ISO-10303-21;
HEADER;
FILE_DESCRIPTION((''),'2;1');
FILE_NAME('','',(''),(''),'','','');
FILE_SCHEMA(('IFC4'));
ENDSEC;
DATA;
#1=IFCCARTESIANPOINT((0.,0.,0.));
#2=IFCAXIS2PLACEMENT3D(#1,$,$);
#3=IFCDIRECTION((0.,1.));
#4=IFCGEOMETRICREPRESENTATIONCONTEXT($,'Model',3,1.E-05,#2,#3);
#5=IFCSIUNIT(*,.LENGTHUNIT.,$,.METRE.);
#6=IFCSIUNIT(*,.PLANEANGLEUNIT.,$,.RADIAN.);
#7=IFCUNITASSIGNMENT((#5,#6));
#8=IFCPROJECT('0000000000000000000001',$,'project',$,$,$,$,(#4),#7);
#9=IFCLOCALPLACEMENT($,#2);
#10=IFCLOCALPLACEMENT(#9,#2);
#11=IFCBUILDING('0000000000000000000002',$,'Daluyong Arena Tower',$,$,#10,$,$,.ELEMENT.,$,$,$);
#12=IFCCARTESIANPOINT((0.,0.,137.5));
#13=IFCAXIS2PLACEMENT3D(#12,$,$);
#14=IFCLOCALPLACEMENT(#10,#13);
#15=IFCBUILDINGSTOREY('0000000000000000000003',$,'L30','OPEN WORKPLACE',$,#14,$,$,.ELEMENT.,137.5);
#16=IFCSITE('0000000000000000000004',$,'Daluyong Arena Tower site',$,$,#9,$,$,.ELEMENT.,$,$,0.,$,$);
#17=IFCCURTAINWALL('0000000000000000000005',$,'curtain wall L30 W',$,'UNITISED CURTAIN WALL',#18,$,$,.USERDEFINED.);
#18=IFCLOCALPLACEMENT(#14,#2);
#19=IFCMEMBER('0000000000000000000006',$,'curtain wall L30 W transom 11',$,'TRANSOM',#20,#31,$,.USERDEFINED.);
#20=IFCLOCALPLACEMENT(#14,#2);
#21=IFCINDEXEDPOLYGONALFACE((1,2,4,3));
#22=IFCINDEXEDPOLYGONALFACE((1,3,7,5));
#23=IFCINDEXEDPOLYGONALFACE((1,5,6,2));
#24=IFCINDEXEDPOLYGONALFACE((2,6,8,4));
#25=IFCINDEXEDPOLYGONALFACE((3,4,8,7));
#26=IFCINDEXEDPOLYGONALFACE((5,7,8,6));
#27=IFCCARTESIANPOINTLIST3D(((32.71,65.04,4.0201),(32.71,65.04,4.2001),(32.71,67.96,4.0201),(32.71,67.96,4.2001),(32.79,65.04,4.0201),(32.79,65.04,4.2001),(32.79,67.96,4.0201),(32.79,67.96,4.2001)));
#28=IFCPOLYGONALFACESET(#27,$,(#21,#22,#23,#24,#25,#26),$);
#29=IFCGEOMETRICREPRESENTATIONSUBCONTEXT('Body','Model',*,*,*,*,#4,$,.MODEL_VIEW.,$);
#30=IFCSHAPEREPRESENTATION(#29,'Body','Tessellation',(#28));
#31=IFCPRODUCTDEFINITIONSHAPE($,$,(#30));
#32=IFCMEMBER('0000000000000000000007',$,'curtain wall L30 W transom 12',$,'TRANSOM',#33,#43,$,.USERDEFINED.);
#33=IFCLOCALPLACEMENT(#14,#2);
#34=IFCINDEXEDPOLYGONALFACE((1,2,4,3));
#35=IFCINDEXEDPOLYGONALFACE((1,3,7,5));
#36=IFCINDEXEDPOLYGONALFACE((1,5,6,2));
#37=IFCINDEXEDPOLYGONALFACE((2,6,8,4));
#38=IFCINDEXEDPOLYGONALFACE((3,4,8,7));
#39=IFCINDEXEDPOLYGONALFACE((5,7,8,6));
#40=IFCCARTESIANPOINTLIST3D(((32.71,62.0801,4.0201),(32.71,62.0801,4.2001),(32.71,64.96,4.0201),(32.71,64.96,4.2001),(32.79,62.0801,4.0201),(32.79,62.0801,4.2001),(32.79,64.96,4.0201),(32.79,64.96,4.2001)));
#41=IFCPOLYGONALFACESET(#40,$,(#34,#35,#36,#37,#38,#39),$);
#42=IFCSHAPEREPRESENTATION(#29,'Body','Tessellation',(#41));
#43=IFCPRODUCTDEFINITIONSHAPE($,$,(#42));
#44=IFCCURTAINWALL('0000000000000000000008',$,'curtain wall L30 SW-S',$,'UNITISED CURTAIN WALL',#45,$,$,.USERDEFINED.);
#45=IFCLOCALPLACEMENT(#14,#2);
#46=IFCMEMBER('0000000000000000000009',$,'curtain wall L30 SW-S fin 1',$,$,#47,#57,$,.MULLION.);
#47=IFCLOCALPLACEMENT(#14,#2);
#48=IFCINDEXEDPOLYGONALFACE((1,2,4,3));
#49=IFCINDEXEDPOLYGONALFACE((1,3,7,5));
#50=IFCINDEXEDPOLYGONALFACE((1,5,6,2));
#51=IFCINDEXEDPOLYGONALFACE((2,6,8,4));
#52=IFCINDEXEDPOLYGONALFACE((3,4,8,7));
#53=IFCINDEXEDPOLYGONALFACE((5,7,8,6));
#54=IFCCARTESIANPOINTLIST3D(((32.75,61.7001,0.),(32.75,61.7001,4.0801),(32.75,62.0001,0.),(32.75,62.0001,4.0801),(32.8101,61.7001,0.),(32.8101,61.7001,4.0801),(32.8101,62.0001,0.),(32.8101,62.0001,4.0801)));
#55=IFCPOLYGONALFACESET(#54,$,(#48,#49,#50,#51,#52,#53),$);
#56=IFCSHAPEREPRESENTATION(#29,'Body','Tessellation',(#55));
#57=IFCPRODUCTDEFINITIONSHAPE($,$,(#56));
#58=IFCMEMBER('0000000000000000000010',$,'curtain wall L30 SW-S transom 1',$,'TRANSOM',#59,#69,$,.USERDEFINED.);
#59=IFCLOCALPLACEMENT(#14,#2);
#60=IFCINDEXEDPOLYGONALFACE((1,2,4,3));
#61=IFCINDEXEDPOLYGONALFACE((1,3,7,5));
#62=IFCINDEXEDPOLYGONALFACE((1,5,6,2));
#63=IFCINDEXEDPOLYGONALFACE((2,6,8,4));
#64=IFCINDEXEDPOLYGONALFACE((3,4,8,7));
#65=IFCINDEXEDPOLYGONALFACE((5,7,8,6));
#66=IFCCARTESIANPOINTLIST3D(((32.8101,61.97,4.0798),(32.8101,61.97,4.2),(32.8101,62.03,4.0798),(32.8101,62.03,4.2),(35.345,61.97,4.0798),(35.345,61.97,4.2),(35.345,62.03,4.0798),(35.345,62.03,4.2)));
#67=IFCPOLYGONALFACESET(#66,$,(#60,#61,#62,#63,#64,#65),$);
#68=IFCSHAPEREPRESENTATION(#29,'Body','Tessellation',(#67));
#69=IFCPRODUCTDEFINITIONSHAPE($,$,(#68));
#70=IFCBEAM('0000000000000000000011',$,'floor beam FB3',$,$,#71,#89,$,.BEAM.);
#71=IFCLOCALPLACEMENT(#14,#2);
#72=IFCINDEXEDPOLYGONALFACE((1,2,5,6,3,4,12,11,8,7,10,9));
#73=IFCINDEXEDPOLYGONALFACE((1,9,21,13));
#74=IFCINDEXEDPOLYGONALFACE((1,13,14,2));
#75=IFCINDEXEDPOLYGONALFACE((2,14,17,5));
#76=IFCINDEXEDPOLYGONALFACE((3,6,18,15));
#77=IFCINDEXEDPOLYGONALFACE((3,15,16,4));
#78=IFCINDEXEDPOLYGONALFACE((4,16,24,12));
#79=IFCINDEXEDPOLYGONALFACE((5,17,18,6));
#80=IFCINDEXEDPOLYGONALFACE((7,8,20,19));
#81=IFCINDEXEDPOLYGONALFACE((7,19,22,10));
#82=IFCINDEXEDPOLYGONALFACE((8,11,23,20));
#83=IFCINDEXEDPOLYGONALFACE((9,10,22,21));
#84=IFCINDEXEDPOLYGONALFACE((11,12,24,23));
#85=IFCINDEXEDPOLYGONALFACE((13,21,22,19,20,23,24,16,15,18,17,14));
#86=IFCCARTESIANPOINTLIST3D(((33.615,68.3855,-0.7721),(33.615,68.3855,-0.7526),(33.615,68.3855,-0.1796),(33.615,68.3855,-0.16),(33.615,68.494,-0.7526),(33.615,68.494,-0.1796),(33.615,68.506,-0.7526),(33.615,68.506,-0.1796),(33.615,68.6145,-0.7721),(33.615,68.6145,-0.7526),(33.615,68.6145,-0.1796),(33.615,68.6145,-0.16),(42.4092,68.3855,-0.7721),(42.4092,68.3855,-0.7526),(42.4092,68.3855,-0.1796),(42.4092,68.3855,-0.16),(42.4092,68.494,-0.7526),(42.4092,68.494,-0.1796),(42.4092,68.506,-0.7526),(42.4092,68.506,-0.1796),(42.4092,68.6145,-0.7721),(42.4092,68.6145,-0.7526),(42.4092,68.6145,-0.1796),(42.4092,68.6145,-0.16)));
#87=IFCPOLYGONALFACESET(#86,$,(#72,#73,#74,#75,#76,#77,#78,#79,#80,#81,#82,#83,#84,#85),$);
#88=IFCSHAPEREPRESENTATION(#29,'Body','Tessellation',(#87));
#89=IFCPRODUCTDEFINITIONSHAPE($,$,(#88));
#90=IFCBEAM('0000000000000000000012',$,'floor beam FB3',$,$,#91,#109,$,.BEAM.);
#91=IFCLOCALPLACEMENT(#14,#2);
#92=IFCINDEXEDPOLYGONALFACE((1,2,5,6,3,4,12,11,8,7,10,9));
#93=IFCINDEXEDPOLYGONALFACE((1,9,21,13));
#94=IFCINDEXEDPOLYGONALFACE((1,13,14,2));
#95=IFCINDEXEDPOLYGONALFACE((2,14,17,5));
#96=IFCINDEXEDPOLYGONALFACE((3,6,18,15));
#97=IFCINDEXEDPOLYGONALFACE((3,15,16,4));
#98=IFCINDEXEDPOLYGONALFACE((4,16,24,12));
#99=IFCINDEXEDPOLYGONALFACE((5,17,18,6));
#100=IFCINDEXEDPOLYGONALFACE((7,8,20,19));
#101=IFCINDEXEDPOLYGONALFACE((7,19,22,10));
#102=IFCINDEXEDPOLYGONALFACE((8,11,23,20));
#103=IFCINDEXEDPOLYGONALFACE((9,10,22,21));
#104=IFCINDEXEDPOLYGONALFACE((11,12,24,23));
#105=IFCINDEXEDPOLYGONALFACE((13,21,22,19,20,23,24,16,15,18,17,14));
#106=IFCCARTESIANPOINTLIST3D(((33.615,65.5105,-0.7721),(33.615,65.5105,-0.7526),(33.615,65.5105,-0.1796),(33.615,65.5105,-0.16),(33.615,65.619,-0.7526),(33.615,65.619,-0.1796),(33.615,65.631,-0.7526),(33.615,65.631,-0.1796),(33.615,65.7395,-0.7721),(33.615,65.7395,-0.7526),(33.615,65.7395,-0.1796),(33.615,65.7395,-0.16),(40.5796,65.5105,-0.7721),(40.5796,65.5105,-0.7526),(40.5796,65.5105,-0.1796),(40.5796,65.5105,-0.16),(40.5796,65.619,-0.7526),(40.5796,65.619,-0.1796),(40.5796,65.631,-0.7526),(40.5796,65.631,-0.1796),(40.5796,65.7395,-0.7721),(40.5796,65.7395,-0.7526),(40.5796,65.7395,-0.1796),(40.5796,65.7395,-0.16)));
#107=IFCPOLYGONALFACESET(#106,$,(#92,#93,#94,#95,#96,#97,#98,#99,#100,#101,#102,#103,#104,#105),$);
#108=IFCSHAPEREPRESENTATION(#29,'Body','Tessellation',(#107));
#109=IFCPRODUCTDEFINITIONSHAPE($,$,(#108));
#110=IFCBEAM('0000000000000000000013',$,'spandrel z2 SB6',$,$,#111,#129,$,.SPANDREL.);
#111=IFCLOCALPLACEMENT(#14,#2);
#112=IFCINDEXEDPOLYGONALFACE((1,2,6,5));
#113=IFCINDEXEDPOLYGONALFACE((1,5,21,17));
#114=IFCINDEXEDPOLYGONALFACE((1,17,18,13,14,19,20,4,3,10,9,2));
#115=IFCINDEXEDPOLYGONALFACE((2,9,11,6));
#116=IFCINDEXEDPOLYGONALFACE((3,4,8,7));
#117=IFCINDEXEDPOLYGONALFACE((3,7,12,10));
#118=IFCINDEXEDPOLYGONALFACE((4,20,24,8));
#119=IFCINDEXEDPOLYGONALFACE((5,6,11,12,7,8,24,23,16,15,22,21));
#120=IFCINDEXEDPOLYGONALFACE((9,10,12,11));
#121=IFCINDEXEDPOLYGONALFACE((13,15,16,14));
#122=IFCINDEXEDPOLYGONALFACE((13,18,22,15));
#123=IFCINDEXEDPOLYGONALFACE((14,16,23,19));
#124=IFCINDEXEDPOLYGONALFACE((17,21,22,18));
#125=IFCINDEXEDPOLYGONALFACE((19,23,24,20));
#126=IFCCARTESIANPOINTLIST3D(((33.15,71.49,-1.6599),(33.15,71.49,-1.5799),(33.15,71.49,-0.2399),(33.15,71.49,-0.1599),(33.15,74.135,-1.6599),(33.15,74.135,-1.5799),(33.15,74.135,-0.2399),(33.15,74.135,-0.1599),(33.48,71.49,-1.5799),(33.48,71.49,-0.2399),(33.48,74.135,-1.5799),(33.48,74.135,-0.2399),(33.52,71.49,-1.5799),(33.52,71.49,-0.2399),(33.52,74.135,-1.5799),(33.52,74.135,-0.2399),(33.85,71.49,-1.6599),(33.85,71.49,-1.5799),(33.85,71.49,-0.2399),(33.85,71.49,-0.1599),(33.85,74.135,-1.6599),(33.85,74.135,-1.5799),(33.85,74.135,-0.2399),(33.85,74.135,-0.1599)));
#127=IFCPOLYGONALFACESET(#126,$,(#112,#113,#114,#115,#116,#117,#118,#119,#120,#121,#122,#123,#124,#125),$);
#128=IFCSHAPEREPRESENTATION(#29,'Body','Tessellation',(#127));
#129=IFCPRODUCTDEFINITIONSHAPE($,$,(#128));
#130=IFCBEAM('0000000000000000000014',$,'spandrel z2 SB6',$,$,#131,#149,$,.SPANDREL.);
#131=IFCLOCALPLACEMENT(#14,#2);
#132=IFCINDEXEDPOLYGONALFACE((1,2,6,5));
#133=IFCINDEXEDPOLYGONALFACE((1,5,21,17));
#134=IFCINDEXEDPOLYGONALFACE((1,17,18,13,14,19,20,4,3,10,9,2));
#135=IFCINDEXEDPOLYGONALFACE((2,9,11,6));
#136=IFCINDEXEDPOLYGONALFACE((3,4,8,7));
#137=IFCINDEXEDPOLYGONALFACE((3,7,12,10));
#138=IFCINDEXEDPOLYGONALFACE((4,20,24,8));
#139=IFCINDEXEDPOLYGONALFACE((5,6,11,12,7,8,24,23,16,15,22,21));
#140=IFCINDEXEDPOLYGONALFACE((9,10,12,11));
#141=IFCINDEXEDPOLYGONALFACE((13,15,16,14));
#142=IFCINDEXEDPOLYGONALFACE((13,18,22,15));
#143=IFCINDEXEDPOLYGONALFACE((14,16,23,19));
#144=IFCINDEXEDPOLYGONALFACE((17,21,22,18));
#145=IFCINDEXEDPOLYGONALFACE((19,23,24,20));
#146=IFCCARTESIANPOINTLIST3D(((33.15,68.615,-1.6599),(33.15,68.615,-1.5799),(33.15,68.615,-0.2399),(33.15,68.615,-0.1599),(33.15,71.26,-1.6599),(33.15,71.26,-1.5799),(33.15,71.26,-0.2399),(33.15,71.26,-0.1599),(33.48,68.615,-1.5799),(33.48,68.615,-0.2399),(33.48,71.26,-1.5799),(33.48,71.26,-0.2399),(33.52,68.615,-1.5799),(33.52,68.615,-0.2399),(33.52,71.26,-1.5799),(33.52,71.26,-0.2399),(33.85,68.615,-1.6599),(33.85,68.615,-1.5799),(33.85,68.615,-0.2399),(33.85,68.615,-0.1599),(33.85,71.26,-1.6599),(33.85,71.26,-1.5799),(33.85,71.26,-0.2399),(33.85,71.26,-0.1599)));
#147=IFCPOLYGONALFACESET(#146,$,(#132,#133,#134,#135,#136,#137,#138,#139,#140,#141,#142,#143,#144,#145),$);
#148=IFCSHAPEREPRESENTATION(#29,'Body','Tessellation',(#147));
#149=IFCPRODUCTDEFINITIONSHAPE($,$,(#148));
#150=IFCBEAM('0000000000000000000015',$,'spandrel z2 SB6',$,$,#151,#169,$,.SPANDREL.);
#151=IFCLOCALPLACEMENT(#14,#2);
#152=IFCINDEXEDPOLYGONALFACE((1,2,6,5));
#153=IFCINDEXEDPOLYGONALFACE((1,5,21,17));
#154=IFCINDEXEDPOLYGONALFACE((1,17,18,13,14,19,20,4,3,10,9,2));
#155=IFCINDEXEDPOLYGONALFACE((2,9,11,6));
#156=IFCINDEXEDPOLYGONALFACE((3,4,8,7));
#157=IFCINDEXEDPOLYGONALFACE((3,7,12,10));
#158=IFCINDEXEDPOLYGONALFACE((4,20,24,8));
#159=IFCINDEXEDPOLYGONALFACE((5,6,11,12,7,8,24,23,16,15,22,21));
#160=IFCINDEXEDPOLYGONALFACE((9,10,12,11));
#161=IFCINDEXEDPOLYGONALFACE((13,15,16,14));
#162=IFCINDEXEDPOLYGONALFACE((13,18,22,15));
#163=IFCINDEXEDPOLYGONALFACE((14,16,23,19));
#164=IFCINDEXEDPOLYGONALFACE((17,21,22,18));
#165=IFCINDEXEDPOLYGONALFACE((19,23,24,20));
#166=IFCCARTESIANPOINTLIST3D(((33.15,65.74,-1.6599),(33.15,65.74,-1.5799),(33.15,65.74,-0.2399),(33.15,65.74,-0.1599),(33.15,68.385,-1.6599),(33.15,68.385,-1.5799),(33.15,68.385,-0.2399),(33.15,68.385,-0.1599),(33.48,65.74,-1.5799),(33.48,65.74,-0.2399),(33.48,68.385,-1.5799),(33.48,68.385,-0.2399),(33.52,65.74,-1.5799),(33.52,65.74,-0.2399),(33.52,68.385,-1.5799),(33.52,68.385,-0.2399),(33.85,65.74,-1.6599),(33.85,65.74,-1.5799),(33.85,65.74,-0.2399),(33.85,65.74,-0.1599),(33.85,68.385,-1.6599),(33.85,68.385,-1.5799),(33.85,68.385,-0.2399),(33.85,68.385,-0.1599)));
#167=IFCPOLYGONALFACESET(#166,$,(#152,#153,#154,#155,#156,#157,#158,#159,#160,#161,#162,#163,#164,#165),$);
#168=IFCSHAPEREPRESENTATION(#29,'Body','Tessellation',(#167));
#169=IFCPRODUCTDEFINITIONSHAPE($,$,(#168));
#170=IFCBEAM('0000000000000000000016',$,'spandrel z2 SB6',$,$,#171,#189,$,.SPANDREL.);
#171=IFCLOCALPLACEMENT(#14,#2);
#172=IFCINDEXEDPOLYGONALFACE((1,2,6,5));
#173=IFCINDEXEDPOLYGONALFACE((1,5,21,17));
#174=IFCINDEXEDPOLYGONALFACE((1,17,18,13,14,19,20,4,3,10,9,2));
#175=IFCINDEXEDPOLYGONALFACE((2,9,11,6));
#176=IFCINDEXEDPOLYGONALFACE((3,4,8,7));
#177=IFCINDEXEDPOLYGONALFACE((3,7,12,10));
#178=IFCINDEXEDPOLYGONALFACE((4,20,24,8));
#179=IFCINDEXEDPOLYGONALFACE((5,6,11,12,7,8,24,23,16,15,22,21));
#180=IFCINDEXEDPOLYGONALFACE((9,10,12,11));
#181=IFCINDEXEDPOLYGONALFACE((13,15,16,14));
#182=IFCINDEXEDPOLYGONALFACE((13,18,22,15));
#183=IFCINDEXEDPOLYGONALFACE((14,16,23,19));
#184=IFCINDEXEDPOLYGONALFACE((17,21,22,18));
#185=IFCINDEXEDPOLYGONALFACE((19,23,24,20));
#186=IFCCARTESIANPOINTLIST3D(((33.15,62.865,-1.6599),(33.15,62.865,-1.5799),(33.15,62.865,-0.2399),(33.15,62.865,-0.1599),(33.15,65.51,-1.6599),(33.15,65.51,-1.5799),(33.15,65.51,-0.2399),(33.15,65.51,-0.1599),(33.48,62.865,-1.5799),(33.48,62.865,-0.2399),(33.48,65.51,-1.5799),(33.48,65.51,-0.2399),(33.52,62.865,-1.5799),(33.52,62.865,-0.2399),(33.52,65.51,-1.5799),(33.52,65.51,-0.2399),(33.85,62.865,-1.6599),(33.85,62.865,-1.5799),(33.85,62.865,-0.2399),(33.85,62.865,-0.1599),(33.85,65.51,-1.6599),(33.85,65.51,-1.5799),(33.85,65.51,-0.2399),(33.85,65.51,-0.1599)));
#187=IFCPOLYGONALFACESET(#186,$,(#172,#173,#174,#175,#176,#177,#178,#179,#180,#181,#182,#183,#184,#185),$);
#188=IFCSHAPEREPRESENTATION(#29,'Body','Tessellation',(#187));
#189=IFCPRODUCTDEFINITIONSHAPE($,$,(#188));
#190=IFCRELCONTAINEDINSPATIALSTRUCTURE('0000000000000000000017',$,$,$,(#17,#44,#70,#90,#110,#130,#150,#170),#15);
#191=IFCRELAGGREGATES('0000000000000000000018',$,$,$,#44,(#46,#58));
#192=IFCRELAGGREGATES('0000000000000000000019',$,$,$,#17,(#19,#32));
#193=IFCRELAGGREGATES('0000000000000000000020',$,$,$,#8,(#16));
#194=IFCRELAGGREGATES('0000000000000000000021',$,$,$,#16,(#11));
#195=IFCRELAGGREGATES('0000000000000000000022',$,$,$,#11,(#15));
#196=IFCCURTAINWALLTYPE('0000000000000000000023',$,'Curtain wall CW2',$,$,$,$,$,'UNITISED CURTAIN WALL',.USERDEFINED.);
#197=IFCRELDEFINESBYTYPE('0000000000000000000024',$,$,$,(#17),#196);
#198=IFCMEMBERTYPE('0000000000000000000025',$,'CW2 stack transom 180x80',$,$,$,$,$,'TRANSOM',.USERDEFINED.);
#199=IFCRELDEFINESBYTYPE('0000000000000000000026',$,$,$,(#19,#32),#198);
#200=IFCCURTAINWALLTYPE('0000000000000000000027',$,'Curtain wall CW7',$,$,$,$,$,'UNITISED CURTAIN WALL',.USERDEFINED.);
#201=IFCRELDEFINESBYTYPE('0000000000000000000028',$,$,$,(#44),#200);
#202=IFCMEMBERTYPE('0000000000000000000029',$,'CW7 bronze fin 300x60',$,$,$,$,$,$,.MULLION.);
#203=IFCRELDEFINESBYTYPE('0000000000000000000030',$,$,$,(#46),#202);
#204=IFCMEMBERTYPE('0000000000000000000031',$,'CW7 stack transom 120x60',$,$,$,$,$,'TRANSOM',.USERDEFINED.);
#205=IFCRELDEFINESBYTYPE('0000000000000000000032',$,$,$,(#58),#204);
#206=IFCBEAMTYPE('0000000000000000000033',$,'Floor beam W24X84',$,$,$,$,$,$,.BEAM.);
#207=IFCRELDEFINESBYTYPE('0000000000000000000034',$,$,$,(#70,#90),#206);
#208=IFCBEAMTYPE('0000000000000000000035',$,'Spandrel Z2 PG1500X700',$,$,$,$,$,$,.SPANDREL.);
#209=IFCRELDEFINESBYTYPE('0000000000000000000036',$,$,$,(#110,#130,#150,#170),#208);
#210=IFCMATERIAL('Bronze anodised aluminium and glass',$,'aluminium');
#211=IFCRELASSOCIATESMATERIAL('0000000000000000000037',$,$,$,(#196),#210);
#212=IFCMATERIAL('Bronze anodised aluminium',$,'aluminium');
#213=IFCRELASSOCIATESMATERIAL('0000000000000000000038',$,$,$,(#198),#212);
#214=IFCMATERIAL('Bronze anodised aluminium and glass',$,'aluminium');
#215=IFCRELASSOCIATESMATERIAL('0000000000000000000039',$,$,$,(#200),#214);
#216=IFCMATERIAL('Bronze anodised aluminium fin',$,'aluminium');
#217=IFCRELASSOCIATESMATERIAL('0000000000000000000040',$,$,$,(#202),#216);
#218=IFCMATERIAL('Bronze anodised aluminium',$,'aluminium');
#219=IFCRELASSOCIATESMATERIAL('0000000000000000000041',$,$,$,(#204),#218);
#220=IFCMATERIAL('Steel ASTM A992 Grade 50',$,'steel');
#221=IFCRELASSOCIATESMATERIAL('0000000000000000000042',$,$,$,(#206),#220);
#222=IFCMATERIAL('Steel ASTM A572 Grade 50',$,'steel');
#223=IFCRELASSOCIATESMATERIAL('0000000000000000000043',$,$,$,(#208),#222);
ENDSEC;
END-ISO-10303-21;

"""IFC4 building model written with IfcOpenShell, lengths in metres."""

from ifc_helpers import new_model, si_unit, direction, frame, origin, origin_2d, place, context, subcontext, project, spatial, rectangle, i_section, extrude, material, material_profile, profile_set, type_object, element, aggregate, save


model = new_model("IFC4")

# Units and contexts
model_context = context("Model", 3, precision=1e-05, world=origin(), true_north=direction((0.0, 1.0)))
body_context = subcontext(model_context, "Body", "Model", "MODEL_VIEW")
ifc_project = project(units=[si_unit("LENGTHUNIT", "METRE"), si_unit("PLANEANGLEUNIT", "RADIAN")], contexts=[model_context])

# Site, building, storey
site_placement = place(None, origin())
site = spatial("IfcSite", under=ifc_project, at=site_placement, Name="Daluyong Arena Tower site", CompositionType="ELEMENT", RefElevation=0.0)
building_placement = place(site_placement, origin())
building = spatial("IfcBuilding", under=site, at=building_placement, Name="Daluyong Arena Tower", CompositionType="ELEMENT")
storey_placement = place(building_placement, frame((0.0, 0.0, 137.5)))
storey = spatial("IfcBuildingStorey", under=building, at=storey_placement, Name="L30", Description="OPEN WORKPLACE", CompositionType="ELEMENT", Elevation=137.5)

# Curtain walls, members
ifc_material_1 = material(Name="Bronze anodised aluminium and glass", Category="aluminium")
curtain_wall_type_1 = type_object("IfcCurtainWallType", Name="Curtain wall CW2", ElementType="UNITISED CURTAIN WALL", PredefinedType="USERDEFINED", material=ifc_material_1)
curtain_wall_1_placement = place(storey_placement, origin())
curtain_wall_1 = element("IfcCurtainWall", 1, at=curtain_wall_1_placement, inside=storey, type_object=curtain_wall_type_1, Name="curtain wall L30 W", ObjectType="UNITISED CURTAIN WALL", PredefinedType="USERDEFINED")
ifc_material_2 = material(Name="Bronze anodised aluminium", Category="aluminium")
ifc_material_profile_1 = material_profile(ifc_material_2, rectangle(XDim=0.0801, YDim=0.1799, at=origin_2d()))
ifc_profile_set_1 = profile_set([ifc_material_profile_1], Name="Bronze anodised aluminium")
member_type_1 = type_object("IfcMemberType", Name="CW2 stack transom 180x80", ElementType="TRANSOM", PredefinedType="USERDEFINED", material=ifc_profile_set_1)
member_1_placement = place(storey_placement, frame((32.75, 67.96, 4.1101), z_axis=(0.0, -1.0, 0.0), x_axis=(1.0, 0.0, 0.0)))
member_1 = element("IfcMember", 2, at=member_1_placement, type_object=member_type_1, Name="curtain wall L30 W transom 11", ObjectType="TRANSOM", PredefinedType="USERDEFINED", context=body_context, shape_type="SweptSolid", body=[
    extrude(rectangle(XDim=0.0801, YDim=0.1799, at=origin_2d()), origin(), (0.0, 0.0, 1.0), 2.9199),
])
member_2_placement = place(storey_placement, frame((32.75, 64.96, 4.1101), z_axis=(0.0, -1.0, 0.0), x_axis=(1.0, 0.0, 0.0)))
member_2 = element("IfcMember", 3, at=member_2_placement, type_object=member_type_1, Name="curtain wall L30 W transom 12", ObjectType="TRANSOM", PredefinedType="USERDEFINED", context=body_context, shape_type="SweptSolid", body=[
    extrude(rectangle(XDim=0.0801, YDim=0.1799, at=origin_2d()), origin(), (0.0, 0.0, 1.0), 2.8799),
])
ifc_material_3 = material(Name="Bronze anodised aluminium and glass", Category="aluminium")
curtain_wall_type_2 = type_object("IfcCurtainWallType", Name="Curtain wall CW7", ElementType="UNITISED CURTAIN WALL", PredefinedType="USERDEFINED", material=ifc_material_3)
curtain_wall_2_placement = place(storey_placement, origin())
curtain_wall_2 = element("IfcCurtainWall", 4, at=curtain_wall_2_placement, inside=storey, type_object=curtain_wall_type_2, Name="curtain wall L30 SW-S", ObjectType="UNITISED CURTAIN WALL", PredefinedType="USERDEFINED")
ifc_material_4 = material(Name="Bronze anodised aluminium fin", Category="aluminium")
ifc_material_profile_2 = material_profile(ifc_material_4, rectangle(XDim=0.3, YDim=0.0601, at=origin_2d()))
ifc_profile_set_2 = profile_set([ifc_material_profile_2], Name="Bronze anodised aluminium fin")
member_type_2 = type_object("IfcMemberType", Name="CW7 bronze fin 300x60", PredefinedType="MULLION", material=ifc_profile_set_2)
member_3_placement = place(storey_placement, frame((32.78, 61.8501, 0.0), z_axis=(0.0, 0.0, 1.0), x_axis=(0.0, 1.0, 0.0)))
member_3 = element("IfcMember", 5, at=member_3_placement, type_object=member_type_2, Name="curtain wall L30 SW-S fin 1", PredefinedType="MULLION", context=body_context, shape_type="SweptSolid", body=[
    extrude(rectangle(XDim=0.3, YDim=0.0601, at=origin_2d()), origin(), (0.0, 0.0, 1.0), 4.0801),
])
ifc_material_5 = material(Name="Bronze anodised aluminium", Category="aluminium")
ifc_material_profile_3 = material_profile(ifc_material_5, rectangle(XDim=0.0601, YDim=0.1201, at=origin_2d()))
ifc_profile_set_3 = profile_set([ifc_material_profile_3], Name="Bronze anodised aluminium")
member_type_3 = type_object("IfcMemberType", Name="CW7 stack transom 120x60", ElementType="TRANSOM", PredefinedType="USERDEFINED", material=ifc_profile_set_3)
member_4_placement = place(storey_placement, frame((32.8101, 62.0, 4.1399), z_axis=(1.0, 0.0, 0.0), x_axis=(0.0, 1.0, 0.0)))
member_4 = element("IfcMember", 6, at=member_4_placement, type_object=member_type_3, Name="curtain wall L30 SW-S transom 1", ObjectType="TRANSOM", PredefinedType="USERDEFINED", context=body_context, shape_type="SweptSolid", body=[
    extrude(rectangle(XDim=0.0601, YDim=0.1201, at=origin_2d()), origin(), (0.0, 0.0, 1.0), 2.5349),
])
aggregate(curtain_wall_2, [member_3, member_4])

# Beams
ifc_material_6 = material(Name="Steel ASTM A992 Grade 50", Category="steel")
ifc_material_profile_4 = material_profile(ifc_material_6, i_section(OverallWidth=0.229, OverallDepth=0.6121, WebThickness=0.012, FlangeThickness=0.0195, at=origin_2d()))
ifc_profile_set_4 = profile_set([ifc_material_profile_4], Name="Steel ASTM A992 Grade 50")
beam_type_1 = type_object("IfcBeamType", Name="Floor beam W24X84", PredefinedType="BEAM", material=ifc_profile_set_4)
beam_1_placement = place(storey_placement, frame((33.615, 68.5, -0.4661), z_axis=(1.0, 0.0, 0.0), x_axis=(0.0, 1.0, 0.0)))
element("IfcBeam", 7, at=beam_1_placement, inside=storey, type_object=beam_type_1, Name="floor beam FB3", PredefinedType="BEAM", context=body_context, shape_type="SweptSolid", body=[
    extrude(i_section(OverallWidth=0.229, OverallDepth=0.6121, WebThickness=0.012, FlangeThickness=0.0195, at=origin_2d()), origin(), (0.0, 0.0, 1.0), 8.7942),
])
beam_2_placement = place(storey_placement, frame((33.615, 65.625, -0.4661), z_axis=(1.0, 0.0, 0.0), x_axis=(0.0, 1.0, 0.0)))
element("IfcBeam", 8, at=beam_2_placement, inside=storey, type_object=beam_type_1, Name="floor beam FB3", PredefinedType="BEAM", context=body_context, shape_type="SweptSolid", body=[
    extrude(i_section(OverallWidth=0.229, OverallDepth=0.6121, WebThickness=0.012, FlangeThickness=0.0195, at=origin_2d()), origin(), (0.0, 0.0, 1.0), 6.9646),
])
ifc_material_7 = material(Name="Steel ASTM A572 Grade 50", Category="steel")
ifc_material_profile_5 = material_profile(ifc_material_7, i_section(OverallWidth=0.7, OverallDepth=1.5, WebThickness=0.04, FlangeThickness=0.08, at=origin_2d()))
ifc_profile_set_5 = profile_set([ifc_material_profile_5], Name="Steel ASTM A572 Grade 50")
beam_type_2 = type_object("IfcBeamType", Name="Spandrel Z2 PG1500X700", PredefinedType="SPANDREL", material=ifc_profile_set_5)
for number, where, z_axis, x_axis, name in (
    (9, (33.5, 74.135, -0.9099), (0.0, -1.0, 0.0), (1.0, 0.0, 0.0), "spandrel z2 SB6"),
    (10, (33.5, 71.26, -0.9099), (0.0, -1.0, 0.0), (1.0, 0.0, 0.0), "spandrel z2 SB6"),
    (11, (33.5, 68.385, -0.9099), (0.0, -1.0, 0.0), (1.0, 0.0, 0.0), "spandrel z2 SB6"),
    (12, (33.5, 65.51, -0.9099), (0.0, -1.0, 0.0), (1.0, 0.0, 0.0), "spandrel z2 SB6"),
):
    element("IfcBeam", number, at=place(storey_placement, frame(where, z_axis=z_axis, x_axis=x_axis)), inside=storey, type_object=beam_type_2, Name=name, PredefinedType="SPANDREL", context=body_context, shape_type="SweptSolid", body=[
        extrude(i_section(OverallWidth=0.7, OverallDepth=1.5, WebThickness=0.04, FlangeThickness=0.08, at=origin_2d()), origin(), (0.0, 0.0, 1.0), 2.645),
    ])

aggregate(curtain_wall_1, [member_1, member_2])

save(model, "model.ifc")
